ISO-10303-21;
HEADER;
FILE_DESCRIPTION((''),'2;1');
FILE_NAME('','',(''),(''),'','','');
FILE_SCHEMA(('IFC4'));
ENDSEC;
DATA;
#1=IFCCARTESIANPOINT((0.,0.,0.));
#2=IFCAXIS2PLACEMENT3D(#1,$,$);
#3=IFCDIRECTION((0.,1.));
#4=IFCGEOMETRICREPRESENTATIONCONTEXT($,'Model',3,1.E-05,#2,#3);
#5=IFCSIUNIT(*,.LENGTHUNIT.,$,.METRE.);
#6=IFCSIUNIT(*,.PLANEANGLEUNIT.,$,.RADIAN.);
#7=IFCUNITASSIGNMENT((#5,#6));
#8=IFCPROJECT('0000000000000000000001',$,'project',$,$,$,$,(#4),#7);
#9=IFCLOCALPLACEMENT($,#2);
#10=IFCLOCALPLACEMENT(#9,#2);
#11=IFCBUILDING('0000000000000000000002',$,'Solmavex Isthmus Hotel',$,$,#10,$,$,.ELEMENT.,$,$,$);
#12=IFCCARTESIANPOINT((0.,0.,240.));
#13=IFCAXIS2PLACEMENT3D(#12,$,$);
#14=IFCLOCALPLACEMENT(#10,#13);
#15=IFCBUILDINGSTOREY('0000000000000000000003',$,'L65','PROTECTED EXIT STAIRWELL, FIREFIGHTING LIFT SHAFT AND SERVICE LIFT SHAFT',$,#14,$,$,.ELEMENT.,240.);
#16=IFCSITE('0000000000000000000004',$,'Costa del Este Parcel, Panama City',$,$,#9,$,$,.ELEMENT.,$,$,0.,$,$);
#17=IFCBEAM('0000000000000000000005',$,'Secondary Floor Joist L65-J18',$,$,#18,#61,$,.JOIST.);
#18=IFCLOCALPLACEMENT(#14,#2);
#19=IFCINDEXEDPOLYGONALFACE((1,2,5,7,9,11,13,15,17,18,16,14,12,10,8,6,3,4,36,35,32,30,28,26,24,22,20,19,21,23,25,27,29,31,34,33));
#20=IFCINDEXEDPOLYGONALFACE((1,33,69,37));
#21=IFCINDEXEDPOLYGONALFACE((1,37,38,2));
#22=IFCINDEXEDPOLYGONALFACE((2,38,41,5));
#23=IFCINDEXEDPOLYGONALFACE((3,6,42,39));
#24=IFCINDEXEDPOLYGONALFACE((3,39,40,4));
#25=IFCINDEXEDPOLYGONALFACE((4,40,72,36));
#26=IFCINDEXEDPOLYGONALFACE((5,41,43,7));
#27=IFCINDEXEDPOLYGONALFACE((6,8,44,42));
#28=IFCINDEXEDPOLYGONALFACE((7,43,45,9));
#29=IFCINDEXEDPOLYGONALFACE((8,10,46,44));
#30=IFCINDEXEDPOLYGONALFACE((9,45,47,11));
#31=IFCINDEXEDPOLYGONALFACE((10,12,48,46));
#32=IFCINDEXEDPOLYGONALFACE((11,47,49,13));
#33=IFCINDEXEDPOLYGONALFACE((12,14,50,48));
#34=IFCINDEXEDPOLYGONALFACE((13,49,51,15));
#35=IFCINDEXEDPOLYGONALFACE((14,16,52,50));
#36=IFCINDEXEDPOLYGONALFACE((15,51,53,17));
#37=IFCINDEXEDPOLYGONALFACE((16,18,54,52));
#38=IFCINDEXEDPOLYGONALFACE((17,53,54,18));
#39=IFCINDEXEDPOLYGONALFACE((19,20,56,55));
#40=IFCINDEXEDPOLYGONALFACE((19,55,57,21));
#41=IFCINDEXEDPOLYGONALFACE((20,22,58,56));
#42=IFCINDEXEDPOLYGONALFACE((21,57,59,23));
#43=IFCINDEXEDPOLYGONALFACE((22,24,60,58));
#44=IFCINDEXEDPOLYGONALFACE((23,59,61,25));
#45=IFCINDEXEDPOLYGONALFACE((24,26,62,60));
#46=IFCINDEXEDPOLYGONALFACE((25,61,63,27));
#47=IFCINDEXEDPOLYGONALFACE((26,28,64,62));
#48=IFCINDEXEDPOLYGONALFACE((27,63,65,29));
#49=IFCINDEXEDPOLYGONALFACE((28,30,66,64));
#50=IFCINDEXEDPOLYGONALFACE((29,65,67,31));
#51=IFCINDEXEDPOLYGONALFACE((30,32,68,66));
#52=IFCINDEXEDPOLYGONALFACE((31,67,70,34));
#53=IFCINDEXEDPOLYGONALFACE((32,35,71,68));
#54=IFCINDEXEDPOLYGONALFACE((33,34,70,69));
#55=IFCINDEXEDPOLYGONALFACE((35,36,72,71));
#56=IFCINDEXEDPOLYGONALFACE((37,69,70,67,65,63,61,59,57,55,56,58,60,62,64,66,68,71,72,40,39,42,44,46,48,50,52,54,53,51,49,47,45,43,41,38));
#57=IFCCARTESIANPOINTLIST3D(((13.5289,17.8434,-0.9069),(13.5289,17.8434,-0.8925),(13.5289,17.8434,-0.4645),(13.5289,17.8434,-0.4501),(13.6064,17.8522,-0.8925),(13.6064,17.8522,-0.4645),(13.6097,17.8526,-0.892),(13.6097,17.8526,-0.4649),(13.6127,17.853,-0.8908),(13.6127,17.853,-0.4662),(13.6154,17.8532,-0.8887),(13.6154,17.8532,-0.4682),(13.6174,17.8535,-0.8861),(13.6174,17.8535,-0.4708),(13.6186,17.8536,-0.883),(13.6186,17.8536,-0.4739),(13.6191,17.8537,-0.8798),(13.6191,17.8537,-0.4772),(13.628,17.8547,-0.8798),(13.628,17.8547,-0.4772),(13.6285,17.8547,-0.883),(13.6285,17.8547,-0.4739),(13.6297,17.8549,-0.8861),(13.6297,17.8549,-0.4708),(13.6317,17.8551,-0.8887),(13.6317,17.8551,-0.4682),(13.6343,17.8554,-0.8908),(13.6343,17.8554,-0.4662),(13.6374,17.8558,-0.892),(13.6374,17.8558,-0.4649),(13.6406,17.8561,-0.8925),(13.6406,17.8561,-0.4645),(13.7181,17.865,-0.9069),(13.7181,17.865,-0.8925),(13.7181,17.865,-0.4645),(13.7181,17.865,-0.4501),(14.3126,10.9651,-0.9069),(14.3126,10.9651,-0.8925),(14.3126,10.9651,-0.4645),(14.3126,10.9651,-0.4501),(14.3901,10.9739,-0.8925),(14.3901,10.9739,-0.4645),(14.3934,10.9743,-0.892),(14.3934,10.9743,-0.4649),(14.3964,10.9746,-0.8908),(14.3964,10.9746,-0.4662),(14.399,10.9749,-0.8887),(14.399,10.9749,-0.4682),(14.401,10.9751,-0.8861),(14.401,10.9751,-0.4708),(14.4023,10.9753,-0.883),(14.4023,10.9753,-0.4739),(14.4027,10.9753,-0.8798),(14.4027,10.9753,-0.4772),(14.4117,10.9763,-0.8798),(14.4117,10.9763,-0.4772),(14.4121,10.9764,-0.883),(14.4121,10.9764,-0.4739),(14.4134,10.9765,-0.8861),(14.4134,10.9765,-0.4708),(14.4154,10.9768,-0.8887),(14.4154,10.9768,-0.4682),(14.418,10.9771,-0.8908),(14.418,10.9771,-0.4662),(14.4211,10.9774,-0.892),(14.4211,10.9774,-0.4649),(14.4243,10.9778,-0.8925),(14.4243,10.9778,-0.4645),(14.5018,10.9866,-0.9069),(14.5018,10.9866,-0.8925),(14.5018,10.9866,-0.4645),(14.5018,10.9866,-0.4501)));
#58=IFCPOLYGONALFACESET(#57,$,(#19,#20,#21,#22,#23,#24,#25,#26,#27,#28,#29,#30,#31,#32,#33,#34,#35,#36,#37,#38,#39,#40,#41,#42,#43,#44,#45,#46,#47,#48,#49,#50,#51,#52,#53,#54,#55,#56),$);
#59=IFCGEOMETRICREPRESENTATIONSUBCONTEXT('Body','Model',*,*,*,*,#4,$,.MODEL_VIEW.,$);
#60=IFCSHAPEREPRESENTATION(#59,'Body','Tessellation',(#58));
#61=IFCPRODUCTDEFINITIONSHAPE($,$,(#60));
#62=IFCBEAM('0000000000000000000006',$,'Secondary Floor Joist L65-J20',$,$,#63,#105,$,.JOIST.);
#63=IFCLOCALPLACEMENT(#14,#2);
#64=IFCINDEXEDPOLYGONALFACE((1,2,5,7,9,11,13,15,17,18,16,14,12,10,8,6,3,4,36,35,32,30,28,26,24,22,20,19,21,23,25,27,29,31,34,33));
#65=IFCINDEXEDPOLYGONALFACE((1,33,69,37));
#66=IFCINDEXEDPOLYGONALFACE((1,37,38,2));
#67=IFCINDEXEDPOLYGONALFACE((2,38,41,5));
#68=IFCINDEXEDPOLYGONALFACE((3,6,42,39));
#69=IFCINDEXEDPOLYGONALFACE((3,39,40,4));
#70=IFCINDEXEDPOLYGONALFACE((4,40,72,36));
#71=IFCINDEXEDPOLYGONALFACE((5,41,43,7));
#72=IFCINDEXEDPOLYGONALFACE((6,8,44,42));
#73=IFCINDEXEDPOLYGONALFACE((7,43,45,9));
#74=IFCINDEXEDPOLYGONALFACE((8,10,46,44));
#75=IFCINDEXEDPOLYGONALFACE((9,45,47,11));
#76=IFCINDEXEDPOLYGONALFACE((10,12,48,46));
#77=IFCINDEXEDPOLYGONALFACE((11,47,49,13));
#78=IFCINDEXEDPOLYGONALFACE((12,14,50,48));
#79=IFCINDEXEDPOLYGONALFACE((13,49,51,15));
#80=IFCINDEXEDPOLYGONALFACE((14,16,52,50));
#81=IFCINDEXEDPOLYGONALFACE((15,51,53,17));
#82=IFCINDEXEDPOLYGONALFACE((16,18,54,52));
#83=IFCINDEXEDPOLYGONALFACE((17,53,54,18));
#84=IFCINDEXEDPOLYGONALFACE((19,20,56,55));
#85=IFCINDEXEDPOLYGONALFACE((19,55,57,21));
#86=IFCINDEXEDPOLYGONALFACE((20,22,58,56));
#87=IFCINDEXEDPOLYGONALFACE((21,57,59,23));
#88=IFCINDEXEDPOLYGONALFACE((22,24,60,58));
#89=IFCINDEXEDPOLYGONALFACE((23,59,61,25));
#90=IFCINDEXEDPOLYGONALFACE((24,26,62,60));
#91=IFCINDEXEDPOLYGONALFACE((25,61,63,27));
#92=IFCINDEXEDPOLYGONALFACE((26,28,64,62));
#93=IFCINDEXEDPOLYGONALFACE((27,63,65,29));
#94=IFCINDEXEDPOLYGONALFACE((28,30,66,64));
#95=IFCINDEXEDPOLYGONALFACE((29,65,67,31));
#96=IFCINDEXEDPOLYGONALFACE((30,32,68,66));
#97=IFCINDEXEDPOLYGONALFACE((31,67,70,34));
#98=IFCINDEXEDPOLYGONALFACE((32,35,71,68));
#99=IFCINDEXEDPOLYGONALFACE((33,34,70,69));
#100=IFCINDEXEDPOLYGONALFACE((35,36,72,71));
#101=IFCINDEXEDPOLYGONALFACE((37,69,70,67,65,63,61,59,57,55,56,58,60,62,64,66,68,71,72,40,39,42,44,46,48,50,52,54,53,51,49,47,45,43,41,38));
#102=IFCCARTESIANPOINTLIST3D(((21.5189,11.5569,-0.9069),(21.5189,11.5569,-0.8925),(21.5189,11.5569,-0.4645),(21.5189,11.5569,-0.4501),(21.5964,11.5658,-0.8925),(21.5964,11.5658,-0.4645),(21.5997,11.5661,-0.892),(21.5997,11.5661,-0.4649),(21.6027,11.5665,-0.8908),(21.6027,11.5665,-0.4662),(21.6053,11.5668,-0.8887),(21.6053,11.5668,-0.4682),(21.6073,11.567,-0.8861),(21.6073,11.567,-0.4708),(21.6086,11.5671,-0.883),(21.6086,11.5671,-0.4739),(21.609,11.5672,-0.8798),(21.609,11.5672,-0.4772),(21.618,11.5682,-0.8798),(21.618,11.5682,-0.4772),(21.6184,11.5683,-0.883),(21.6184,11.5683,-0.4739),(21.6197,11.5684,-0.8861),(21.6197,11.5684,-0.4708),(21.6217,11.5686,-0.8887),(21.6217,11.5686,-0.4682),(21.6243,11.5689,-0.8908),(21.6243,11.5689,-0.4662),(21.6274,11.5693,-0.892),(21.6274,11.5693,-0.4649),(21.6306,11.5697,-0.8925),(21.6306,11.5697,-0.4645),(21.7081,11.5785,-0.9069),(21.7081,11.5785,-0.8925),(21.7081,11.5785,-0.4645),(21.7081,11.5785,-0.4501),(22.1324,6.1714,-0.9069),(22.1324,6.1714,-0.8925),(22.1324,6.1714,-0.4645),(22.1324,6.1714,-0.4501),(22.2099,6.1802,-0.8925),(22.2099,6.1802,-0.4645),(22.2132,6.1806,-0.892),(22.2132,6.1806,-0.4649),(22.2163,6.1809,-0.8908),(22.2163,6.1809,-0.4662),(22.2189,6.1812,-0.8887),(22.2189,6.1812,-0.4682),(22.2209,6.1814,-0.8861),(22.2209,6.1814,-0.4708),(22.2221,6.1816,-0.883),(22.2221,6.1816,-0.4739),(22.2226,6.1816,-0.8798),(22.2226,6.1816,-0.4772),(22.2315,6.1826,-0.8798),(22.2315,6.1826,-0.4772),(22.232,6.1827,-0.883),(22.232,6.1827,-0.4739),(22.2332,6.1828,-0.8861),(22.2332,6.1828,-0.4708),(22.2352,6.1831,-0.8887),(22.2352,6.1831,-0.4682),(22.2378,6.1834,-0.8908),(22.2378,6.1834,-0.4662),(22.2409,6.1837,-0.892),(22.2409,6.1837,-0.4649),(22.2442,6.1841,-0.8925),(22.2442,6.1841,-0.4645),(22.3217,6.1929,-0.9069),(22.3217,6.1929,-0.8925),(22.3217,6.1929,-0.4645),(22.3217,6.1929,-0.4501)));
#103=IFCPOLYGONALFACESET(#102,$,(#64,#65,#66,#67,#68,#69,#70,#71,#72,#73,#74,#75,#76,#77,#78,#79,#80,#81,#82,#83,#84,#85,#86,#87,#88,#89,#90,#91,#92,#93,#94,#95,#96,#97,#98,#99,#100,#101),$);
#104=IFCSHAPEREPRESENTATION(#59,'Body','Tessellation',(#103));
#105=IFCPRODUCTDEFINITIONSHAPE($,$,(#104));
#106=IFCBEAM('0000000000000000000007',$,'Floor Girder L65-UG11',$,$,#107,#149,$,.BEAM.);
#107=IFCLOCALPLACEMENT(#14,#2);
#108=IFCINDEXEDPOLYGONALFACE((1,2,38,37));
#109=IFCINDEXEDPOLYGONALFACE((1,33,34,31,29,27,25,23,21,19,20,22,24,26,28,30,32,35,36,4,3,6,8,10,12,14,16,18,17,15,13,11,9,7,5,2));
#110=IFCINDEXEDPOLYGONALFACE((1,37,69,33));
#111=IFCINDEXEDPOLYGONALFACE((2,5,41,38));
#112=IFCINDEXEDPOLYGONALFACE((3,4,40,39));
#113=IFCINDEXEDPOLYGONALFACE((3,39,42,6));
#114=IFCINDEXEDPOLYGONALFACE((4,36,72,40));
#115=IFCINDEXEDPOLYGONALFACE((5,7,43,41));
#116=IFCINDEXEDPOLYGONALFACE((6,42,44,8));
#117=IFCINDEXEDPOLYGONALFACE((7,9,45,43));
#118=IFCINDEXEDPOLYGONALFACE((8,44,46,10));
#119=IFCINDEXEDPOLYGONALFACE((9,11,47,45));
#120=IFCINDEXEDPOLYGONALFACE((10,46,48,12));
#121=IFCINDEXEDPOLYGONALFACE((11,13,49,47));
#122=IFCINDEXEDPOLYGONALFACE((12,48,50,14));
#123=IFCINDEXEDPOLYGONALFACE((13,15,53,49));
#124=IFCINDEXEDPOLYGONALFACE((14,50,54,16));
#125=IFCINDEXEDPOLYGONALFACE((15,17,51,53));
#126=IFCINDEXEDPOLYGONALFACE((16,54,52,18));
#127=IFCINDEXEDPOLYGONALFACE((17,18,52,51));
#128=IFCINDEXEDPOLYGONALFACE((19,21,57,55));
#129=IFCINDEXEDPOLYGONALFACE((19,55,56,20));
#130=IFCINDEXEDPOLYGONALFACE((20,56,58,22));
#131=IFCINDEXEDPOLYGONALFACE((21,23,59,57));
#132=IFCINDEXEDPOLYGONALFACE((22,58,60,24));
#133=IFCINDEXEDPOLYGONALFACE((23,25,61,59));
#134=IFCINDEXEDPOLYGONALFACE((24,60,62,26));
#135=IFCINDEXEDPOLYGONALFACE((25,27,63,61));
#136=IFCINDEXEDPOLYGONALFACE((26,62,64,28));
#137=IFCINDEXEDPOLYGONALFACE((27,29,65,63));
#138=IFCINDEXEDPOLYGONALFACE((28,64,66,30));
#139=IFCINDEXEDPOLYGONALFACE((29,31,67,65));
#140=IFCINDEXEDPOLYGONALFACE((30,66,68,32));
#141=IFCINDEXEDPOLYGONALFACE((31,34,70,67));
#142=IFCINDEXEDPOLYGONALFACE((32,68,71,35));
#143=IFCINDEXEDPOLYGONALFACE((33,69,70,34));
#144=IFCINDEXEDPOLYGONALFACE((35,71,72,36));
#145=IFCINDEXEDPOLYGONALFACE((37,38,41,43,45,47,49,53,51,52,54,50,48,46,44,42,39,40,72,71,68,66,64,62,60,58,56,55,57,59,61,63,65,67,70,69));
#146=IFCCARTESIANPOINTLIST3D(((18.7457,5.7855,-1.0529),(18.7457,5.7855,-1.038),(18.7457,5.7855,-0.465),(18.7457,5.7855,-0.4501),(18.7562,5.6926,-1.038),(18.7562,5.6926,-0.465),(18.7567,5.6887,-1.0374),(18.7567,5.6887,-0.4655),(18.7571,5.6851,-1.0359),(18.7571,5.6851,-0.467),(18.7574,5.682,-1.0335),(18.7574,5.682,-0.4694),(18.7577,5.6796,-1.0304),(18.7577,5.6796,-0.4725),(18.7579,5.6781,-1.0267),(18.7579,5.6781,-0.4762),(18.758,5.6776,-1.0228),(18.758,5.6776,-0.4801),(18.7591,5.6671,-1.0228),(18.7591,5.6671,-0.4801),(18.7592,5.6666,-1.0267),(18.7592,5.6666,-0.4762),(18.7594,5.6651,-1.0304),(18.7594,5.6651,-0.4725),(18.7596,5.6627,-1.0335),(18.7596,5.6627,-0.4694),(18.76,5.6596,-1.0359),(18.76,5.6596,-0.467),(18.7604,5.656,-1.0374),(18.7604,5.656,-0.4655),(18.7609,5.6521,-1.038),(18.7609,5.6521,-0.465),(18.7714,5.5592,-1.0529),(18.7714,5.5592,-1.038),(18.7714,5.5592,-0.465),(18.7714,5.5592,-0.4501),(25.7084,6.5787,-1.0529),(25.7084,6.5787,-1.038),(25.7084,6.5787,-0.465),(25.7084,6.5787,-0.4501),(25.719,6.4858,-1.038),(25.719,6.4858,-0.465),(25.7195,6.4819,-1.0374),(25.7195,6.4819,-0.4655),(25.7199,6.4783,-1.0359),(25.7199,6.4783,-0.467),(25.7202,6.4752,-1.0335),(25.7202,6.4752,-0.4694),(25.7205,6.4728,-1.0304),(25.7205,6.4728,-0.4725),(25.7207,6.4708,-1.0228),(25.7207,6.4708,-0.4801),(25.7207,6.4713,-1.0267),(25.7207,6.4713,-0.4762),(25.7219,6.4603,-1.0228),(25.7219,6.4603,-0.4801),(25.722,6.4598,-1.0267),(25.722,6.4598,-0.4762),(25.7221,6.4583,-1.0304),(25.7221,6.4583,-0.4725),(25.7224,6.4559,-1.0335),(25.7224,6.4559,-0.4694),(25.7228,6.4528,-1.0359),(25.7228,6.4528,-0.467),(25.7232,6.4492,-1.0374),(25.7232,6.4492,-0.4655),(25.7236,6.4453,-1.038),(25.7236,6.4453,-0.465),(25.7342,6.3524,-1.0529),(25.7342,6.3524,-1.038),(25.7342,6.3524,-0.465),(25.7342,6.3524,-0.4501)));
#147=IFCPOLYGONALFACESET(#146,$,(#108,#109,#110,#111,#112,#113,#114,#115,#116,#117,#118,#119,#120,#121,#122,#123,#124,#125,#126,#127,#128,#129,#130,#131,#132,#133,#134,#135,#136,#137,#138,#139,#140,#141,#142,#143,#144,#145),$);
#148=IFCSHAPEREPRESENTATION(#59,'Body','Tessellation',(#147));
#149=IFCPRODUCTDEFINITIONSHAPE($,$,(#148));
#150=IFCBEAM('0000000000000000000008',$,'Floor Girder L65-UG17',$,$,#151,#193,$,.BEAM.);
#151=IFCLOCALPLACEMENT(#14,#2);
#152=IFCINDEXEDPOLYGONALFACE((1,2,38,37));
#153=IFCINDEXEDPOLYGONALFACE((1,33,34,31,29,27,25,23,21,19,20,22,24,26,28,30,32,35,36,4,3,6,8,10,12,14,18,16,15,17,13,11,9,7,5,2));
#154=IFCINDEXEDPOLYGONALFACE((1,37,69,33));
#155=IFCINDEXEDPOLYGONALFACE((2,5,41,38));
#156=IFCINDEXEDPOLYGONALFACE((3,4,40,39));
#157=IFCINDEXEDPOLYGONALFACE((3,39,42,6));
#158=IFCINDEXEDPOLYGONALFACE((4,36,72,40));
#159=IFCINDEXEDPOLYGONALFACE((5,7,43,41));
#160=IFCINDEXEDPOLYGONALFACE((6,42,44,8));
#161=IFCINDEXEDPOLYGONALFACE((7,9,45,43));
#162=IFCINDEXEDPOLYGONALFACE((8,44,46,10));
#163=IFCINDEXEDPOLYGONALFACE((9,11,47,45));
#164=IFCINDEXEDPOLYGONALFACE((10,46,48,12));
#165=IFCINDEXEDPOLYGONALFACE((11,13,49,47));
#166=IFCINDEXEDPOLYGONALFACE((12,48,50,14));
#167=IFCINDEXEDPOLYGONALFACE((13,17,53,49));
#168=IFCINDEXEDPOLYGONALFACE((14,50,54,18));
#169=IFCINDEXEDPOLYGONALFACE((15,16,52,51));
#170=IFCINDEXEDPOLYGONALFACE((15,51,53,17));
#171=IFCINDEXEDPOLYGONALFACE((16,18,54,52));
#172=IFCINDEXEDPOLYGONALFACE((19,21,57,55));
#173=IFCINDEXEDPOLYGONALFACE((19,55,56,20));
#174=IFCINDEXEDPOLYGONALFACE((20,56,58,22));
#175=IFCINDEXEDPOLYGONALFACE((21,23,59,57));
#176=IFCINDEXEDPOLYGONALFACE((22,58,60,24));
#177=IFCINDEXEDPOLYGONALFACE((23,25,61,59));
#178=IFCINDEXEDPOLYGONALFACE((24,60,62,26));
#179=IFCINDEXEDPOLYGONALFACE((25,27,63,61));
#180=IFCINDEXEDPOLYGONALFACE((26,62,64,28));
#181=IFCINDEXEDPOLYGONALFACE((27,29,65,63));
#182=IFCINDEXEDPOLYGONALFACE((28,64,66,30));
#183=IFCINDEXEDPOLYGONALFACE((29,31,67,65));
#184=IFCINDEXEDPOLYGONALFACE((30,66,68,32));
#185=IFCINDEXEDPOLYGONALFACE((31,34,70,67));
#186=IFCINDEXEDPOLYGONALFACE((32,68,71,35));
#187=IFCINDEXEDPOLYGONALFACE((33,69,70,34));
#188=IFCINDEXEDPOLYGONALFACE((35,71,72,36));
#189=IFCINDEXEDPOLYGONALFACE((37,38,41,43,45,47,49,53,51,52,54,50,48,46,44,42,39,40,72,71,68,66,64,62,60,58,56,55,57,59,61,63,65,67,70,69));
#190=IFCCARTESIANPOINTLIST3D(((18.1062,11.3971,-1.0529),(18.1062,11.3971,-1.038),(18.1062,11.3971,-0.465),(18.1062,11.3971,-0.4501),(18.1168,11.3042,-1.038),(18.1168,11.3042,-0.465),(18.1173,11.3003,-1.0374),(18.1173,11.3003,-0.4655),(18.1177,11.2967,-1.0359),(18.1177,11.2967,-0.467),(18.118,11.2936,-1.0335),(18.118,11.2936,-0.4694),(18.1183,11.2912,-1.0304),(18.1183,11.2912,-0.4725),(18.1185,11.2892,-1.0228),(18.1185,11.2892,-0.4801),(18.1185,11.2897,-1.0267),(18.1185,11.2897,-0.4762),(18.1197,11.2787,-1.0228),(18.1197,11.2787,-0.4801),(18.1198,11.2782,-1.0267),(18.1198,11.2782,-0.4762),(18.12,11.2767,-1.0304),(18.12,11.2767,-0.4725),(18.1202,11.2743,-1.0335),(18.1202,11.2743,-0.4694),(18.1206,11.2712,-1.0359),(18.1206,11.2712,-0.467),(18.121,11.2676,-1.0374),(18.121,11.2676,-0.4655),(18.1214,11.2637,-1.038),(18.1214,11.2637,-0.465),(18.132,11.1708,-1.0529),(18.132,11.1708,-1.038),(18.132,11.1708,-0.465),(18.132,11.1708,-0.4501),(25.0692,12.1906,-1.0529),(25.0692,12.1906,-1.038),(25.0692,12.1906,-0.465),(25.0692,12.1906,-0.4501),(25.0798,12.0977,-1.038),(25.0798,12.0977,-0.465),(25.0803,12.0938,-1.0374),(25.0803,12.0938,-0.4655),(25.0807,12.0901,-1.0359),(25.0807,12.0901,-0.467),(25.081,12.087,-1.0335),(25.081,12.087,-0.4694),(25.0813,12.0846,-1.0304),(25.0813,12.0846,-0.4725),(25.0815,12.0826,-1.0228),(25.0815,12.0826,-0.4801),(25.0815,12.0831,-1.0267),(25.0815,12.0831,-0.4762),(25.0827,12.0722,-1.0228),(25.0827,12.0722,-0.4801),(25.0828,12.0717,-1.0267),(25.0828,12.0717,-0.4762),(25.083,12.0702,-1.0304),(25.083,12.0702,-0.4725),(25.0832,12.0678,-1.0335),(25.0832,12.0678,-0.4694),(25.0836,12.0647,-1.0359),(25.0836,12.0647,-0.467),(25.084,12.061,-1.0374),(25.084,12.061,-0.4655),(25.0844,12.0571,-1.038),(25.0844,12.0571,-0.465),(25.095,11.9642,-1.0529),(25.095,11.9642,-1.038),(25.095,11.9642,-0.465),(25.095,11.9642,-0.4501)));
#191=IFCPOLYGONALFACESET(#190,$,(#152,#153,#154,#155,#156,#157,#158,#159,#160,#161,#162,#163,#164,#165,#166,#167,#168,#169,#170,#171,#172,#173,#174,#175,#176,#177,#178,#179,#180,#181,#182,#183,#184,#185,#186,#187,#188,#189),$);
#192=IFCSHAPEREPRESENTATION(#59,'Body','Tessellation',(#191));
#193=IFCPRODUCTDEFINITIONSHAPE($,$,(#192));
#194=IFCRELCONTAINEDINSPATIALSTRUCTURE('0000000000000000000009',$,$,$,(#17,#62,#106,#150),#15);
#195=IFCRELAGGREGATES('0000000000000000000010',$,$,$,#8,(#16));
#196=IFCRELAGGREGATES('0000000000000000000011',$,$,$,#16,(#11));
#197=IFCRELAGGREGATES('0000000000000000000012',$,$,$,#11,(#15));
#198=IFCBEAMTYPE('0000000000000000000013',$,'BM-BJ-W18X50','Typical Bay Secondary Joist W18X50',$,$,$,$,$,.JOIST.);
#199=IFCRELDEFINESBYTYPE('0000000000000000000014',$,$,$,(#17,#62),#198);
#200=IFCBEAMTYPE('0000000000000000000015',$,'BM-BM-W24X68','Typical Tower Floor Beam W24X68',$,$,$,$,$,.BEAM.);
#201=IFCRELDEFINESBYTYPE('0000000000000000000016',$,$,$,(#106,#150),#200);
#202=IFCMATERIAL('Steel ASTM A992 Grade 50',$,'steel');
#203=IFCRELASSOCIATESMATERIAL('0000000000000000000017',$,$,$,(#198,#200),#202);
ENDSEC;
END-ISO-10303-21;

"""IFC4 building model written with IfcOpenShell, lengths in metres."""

from ifc_helpers import new_model, si_unit, direction, frame, origin, origin_2d, place, context, subcontext, project, spatial, i_section, extrude, material, material_profile, profile_set, type_object, element, save


model = new_model("IFC4")

# Units and contexts
model_context = context("Model", 3, precision=1e-05, world=origin(), true_north=direction((0.0, 1.0)))
body_context = subcontext(model_context, "Body", "Model", "MODEL_VIEW")
ifc_project = project(units=[si_unit("LENGTHUNIT", "METRE"), si_unit("PLANEANGLEUNIT", "RADIAN")], contexts=[model_context])

# Site, building, storey
site_placement = place(None, origin())
site = spatial("IfcSite", under=ifc_project, at=site_placement, Name="Costa del Este Parcel, Panama City", CompositionType="ELEMENT", RefElevation=0.0)
building_placement = place(site_placement, origin())
building = spatial("IfcBuilding", under=site, at=building_placement, Name="Solmavex Isthmus Hotel", CompositionType="ELEMENT")
storey_placement = place(building_placement, frame((0.0, 0.0, 240.0)))
storey = spatial("IfcBuildingStorey", under=building, at=storey_placement, Name="L65", Description="PROTECTED EXIT STAIRWELL, FIREFIGHTING LIFT SHAFT AND SERVICE LIFT SHAFT", CompositionType="ELEMENT", Elevation=240.0)

# Beams
ifc_material_1 = material(Name="Steel ASTM A992 Grade 50", Category="steel")
ifc_material_profile_1 = material_profile(ifc_material_1, i_section(OverallWidth=0.1904, OverallDepth=0.4568, WebThickness=0.009, FlangeThickness=0.0144, FilletRadius=0.0127, at=origin_2d()), Name="W18X50")
ifc_profile_set_1 = profile_set([ifc_material_profile_1], Name="Steel ASTM A992 Grade 50")
beam_type_1 = type_object("IfcBeamType", Name="BM-BJ-W18X50", Description="Typical Bay Secondary Joist W18X50", PredefinedType="JOIST", material=ifc_profile_set_1)
beam_1_placement = place(storey_placement, frame((14.4072, 10.9758, -0.6785), z_axis=(-0.113202, 0.993572, 0.0), x_axis=(-0.993572, -0.113202, 0.0)))
element("IfcBeam", 1, at=beam_1_placement, inside=storey, type_object=beam_type_1, Name="Secondary Floor Joist L65-J18", PredefinedType="JOIST", context=body_context, shape_type="SweptSolid", body=[
    extrude(i_section(OverallWidth=0.1904, OverallDepth=0.4568, WebThickness=0.009, FlangeThickness=0.0144, FilletRadius=0.0127, at=origin_2d()), origin(), (0.0, 0.0, 1.0), 6.9229),
])
beam_2_placement = place(storey_placement, frame((22.2271, 6.1821, -0.6785), z_axis=(-0.11319, 0.993573, 0.0), x_axis=(-0.993573, -0.11319, 0.0)))
element("IfcBeam", 2, at=beam_2_placement, inside=storey, type_object=beam_type_1, Name="Secondary Floor Joist L65-J20", PredefinedType="JOIST", context=body_context, shape_type="SweptSolid", body=[
    extrude(i_section(OverallWidth=0.1904, OverallDepth=0.4568, WebThickness=0.009, FlangeThickness=0.0144, FilletRadius=0.0127, at=origin_2d()), origin(), (0.0, 0.0, 1.0), 5.4204),
])
ifc_material_profile_2 = material_profile(ifc_material_1, i_section(OverallWidth=0.2278, OverallDepth=0.6028, WebThickness=0.0105, FlangeThickness=0.0149, FilletRadius=0.0151, at=origin_2d()), Name="W24X68")
ifc_profile_set_2 = profile_set([ifc_material_profile_2], Name="Steel ASTM A992 Grade 50")
beam_type_2 = type_object("IfcBeamType", Name="BM-BM-W24X68", Description="Typical Tower Floor Beam W24X68", PredefinedType="BEAM", material=ifc_profile_set_2)
beam_3_placement = place(storey_placement, frame((18.7585, 5.6724, -0.7515), z_axis=(0.993574, 0.113188, 0.0), x_axis=(-0.113188, 0.993574, 0.0)))
element("IfcBeam", 3, at=beam_3_placement, inside=storey, type_object=beam_type_2, Name="Floor Girder L65-UG11", PredefinedType="BEAM", context=body_context, shape_type="SweptSolid", body=[
    extrude(i_section(OverallWidth=0.2278, OverallDepth=0.6028, WebThickness=0.0105, FlangeThickness=0.0149, FilletRadius=0.0151, at=origin_2d()), origin(), (0.0, 0.0, 1.0), 7.0078),
])
beam_4_placement = place(storey_placement, frame((18.1191, 11.2839, -0.7515), z_axis=(0.99357, 0.113222, 0.0), x_axis=(-0.113222, 0.99357, 0.0)))
element("IfcBeam", 4, at=beam_4_placement, inside=storey, type_object=beam_type_2, Name="Floor Girder L65-UG17", PredefinedType="BEAM", context=body_context, shape_type="SweptSolid", body=[
    extrude(i_section(OverallWidth=0.2278, OverallDepth=0.6028, WebThickness=0.0105, FlangeThickness=0.0149, FilletRadius=0.0151, at=origin_2d()), origin(), (0.0, 0.0, 1.0), 7.0081),
])

save(model, "model.ifc")
